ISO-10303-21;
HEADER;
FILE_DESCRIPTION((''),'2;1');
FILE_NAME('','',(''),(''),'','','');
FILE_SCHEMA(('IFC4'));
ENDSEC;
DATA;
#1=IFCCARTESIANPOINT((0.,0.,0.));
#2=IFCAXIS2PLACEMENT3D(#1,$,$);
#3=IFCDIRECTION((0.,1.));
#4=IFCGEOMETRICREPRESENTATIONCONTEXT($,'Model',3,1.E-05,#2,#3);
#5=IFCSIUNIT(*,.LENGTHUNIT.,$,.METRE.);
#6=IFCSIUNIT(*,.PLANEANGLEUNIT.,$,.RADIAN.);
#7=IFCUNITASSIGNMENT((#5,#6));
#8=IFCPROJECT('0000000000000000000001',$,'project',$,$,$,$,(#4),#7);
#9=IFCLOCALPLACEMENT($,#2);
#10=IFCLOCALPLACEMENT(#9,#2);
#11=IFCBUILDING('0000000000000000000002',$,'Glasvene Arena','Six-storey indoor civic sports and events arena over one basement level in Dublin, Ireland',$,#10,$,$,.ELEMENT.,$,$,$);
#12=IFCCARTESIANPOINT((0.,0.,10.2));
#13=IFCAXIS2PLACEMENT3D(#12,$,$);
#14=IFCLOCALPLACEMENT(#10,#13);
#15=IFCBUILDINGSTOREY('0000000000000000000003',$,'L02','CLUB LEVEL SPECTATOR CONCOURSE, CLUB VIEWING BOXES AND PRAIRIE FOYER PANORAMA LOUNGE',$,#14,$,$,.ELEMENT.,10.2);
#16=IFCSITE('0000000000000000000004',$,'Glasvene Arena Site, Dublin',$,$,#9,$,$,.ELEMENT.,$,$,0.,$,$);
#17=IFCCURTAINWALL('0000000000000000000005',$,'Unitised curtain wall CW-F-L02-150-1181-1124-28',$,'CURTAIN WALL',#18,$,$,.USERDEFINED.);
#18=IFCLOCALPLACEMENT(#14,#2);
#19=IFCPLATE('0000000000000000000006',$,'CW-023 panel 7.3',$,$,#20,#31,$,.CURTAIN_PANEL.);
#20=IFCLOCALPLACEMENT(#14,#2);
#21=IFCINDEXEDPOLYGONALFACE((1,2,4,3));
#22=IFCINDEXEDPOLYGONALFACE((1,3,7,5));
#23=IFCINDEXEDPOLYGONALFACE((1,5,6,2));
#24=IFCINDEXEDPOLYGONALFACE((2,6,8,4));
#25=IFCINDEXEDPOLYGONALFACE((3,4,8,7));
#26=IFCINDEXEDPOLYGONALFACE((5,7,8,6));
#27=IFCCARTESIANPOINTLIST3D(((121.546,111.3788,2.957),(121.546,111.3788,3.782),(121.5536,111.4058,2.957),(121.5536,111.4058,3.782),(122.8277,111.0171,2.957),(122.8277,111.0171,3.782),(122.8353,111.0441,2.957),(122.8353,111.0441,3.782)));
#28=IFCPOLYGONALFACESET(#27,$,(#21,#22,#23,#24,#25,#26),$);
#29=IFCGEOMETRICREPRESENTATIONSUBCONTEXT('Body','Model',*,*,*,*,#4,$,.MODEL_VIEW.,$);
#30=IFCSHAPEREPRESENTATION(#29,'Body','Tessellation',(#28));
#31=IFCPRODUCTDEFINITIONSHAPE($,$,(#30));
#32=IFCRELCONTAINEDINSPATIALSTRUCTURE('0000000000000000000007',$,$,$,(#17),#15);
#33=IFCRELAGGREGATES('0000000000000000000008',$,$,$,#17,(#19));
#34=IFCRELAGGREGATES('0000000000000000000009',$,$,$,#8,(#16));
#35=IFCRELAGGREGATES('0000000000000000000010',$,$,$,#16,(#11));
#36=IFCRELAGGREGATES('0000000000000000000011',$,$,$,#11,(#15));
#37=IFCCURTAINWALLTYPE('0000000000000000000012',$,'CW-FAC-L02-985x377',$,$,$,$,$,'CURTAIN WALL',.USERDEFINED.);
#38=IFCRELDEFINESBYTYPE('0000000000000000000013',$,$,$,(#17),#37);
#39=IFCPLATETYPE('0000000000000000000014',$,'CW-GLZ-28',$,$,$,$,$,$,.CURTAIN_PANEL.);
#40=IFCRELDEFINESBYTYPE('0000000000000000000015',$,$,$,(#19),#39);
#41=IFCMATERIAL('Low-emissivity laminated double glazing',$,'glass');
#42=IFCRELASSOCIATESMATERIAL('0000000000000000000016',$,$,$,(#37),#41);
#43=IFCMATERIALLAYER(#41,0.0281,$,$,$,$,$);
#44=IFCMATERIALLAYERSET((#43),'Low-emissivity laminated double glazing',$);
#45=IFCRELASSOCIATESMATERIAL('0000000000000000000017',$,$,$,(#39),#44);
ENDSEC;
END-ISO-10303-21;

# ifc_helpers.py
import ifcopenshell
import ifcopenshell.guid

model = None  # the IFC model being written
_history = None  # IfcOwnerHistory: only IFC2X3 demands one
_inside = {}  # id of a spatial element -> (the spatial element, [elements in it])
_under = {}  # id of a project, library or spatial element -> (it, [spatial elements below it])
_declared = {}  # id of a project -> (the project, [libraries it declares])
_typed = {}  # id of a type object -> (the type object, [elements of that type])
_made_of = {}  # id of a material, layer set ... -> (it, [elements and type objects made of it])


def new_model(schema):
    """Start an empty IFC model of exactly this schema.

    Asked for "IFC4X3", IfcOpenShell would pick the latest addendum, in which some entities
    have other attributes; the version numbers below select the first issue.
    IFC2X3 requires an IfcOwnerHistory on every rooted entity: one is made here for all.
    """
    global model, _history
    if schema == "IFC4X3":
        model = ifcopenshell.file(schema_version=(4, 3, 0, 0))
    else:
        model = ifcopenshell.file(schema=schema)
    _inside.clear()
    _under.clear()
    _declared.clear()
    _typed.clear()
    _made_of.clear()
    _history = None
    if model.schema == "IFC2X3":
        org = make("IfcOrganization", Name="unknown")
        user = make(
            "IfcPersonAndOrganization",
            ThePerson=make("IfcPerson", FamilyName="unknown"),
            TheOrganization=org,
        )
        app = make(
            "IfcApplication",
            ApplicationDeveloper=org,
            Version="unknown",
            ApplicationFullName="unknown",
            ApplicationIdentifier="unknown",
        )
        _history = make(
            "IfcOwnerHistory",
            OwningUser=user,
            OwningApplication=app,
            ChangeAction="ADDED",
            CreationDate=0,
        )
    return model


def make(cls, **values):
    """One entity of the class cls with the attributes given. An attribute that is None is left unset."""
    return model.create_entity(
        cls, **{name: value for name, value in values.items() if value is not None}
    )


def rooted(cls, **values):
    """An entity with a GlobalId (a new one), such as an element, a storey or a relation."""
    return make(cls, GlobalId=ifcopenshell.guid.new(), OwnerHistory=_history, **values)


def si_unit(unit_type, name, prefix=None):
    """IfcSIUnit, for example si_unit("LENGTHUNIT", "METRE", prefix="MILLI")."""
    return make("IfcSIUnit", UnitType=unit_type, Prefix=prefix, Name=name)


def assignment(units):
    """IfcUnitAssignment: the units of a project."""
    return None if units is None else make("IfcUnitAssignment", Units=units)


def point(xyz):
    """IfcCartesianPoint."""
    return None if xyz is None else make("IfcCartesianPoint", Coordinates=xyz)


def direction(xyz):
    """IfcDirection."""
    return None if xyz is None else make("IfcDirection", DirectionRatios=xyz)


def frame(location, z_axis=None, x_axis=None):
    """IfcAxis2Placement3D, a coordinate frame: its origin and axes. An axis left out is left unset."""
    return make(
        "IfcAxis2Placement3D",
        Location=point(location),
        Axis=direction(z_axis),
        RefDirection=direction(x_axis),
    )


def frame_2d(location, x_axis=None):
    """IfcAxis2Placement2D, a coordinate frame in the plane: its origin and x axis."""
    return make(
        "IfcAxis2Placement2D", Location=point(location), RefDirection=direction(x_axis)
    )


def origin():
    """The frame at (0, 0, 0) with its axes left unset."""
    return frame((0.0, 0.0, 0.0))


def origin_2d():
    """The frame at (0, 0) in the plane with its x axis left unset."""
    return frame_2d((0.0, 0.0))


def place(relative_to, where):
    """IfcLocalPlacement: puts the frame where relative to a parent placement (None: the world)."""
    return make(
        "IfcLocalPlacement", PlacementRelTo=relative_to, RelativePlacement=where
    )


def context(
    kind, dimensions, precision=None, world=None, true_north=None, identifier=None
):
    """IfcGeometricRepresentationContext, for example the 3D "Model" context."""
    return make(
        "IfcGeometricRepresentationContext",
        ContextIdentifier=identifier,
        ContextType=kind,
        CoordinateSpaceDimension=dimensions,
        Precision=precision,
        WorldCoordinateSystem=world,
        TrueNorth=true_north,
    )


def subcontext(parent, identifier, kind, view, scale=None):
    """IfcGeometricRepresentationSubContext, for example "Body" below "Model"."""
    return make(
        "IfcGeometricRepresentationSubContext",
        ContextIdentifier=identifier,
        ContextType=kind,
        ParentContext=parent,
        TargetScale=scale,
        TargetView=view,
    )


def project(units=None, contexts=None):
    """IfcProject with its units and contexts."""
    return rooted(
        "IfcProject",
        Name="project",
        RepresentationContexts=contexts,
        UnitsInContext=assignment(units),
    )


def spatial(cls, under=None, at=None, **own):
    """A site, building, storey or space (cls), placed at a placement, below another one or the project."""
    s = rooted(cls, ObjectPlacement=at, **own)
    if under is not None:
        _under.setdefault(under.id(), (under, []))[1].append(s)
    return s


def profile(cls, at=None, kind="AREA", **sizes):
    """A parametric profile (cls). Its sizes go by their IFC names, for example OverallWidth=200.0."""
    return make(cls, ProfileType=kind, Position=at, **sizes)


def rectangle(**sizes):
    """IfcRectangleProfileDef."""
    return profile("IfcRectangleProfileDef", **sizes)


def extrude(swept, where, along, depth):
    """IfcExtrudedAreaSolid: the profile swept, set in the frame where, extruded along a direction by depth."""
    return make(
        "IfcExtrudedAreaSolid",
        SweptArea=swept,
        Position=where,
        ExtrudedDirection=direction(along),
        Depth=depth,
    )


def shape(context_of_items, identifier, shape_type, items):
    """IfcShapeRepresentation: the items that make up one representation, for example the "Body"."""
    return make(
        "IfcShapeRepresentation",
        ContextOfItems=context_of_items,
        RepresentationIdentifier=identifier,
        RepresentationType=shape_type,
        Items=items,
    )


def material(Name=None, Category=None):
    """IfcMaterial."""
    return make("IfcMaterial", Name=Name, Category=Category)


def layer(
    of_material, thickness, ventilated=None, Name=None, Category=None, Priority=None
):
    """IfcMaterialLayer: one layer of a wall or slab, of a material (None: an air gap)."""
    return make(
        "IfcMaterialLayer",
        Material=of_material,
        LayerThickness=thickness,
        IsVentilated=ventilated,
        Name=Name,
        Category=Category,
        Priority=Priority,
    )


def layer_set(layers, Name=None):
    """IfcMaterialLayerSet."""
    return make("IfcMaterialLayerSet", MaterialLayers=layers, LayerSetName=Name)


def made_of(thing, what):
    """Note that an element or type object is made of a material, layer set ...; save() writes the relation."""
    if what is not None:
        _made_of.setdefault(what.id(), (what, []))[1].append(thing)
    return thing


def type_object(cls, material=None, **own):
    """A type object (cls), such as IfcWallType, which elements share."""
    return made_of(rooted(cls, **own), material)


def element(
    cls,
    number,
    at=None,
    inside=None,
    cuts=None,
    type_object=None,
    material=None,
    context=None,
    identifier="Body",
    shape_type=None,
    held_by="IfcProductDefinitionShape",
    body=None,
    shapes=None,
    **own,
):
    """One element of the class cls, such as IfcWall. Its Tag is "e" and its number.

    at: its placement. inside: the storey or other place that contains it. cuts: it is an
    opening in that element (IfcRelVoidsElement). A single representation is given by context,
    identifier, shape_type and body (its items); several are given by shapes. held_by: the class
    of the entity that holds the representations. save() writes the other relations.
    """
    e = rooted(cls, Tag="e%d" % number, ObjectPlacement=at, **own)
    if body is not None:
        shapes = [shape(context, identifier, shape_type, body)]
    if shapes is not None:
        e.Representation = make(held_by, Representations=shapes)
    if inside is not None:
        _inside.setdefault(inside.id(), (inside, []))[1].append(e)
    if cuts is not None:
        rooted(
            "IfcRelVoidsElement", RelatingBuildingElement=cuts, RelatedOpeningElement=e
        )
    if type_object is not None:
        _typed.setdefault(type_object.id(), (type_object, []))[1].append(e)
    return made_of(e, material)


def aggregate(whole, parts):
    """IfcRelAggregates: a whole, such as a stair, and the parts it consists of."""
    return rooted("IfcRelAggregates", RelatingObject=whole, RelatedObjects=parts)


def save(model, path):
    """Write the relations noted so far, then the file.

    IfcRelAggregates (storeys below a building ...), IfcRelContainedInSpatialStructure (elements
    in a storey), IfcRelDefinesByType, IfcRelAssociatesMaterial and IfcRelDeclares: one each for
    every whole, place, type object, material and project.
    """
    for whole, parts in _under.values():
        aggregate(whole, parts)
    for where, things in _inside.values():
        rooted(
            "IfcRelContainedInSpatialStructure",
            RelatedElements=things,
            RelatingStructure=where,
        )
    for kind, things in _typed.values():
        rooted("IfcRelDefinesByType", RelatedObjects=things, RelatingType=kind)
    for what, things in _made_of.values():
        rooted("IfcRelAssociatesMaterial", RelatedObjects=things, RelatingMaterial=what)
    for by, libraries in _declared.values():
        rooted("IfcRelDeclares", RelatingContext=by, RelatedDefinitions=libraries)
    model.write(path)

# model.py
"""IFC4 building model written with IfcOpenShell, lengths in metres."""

from ifc_helpers import new_model, si_unit, direction, frame, origin, origin_2d, place, context, subcontext, project, spatial, rectangle, extrude, material, layer, layer_set, type_object, element, aggregate, save


model = new_model("IFC4")

# Units and contexts
model_context = context("Model", 3, precision=1e-05, world=origin(), true_north=direction((0.0, 1.0)))
body_context = subcontext(model_context, "Body", "Model", "MODEL_VIEW")
ifc_project = project(units=[si_unit("LENGTHUNIT", "METRE"), si_unit("PLANEANGLEUNIT", "RADIAN")], contexts=[model_context])

# Site, building, storey
site_placement = place(None, origin())
site = spatial("IfcSite", under=ifc_project, at=site_placement, Name="Glasvene Arena Site, Dublin", CompositionType="ELEMENT", RefElevation=0.0)
building_placement = place(site_placement, origin())
building = spatial("IfcBuilding", under=site, at=building_placement, Name="Glasvene Arena", Description="Six-storey indoor civic sports and events arena over one basement level in Dublin, Ireland", CompositionType="ELEMENT")
storey_placement = place(building_placement, frame((0.0, 0.0, 10.2)))
storey = spatial("IfcBuildingStorey", under=building, at=storey_placement, Name="L02", Description="CLUB LEVEL SPECTATOR CONCOURSE, CLUB VIEWING BOXES AND PRAIRIE FOYER PANORAMA LOUNGE", CompositionType="ELEMENT", Elevation=10.2)

# Curtain wall, plate
ifc_material_1 = material(Name="Low-emissivity laminated double glazing", Category="glass")
curtain_wall_type = type_object("IfcCurtainWallType", Name="CW-FAC-L02-985x377", ElementType="CURTAIN WALL", PredefinedType="USERDEFINED", material=ifc_material_1)
curtain_wall_placement = place(storey_placement, frame((113.4026, 113.6914, 0.0)))
curtain_wall = element("IfcCurtainWall", 1, at=curtain_wall_placement, inside=storey, type_object=curtain_wall_type, Name="Unitised curtain wall CW-F-L02-150-1181-1124-28", ObjectType="CURTAIN WALL", PredefinedType="USERDEFINED")
ifc_layer_1 = layer(ifc_material_1, 0.0281)
ifc_layer_set_1 = layer_set([ifc_layer_1], Name="Low-emissivity laminated double glazing")
plate_type = type_object("IfcPlateType", Name="CW-GLZ-28", PredefinedType="CURTAIN_PANEL", material=ifc_layer_set_1)
plate_1_placement = place(storey_placement, frame((122.1907, 111.2114, 2.957), z_axis=(0.0, 0.0, 1.0), x_axis=(0.962411, -0.271597, 0.0)))
plate_1 = element("IfcPlate", 2, at=plate_1_placement, type_object=plate_type, Name="CW-023 panel 7.3", PredefinedType="CURTAIN_PANEL", context=body_context, shape_type="SweptSolid", body=[
    extrude(rectangle(XDim=1.3318, YDim=0.0281, at=origin_2d()), origin(), (0.0, 0.0, 1.0), 0.825),
])
aggregate(curtain_wall, [plate_1])

save(model, "model.ifc")
